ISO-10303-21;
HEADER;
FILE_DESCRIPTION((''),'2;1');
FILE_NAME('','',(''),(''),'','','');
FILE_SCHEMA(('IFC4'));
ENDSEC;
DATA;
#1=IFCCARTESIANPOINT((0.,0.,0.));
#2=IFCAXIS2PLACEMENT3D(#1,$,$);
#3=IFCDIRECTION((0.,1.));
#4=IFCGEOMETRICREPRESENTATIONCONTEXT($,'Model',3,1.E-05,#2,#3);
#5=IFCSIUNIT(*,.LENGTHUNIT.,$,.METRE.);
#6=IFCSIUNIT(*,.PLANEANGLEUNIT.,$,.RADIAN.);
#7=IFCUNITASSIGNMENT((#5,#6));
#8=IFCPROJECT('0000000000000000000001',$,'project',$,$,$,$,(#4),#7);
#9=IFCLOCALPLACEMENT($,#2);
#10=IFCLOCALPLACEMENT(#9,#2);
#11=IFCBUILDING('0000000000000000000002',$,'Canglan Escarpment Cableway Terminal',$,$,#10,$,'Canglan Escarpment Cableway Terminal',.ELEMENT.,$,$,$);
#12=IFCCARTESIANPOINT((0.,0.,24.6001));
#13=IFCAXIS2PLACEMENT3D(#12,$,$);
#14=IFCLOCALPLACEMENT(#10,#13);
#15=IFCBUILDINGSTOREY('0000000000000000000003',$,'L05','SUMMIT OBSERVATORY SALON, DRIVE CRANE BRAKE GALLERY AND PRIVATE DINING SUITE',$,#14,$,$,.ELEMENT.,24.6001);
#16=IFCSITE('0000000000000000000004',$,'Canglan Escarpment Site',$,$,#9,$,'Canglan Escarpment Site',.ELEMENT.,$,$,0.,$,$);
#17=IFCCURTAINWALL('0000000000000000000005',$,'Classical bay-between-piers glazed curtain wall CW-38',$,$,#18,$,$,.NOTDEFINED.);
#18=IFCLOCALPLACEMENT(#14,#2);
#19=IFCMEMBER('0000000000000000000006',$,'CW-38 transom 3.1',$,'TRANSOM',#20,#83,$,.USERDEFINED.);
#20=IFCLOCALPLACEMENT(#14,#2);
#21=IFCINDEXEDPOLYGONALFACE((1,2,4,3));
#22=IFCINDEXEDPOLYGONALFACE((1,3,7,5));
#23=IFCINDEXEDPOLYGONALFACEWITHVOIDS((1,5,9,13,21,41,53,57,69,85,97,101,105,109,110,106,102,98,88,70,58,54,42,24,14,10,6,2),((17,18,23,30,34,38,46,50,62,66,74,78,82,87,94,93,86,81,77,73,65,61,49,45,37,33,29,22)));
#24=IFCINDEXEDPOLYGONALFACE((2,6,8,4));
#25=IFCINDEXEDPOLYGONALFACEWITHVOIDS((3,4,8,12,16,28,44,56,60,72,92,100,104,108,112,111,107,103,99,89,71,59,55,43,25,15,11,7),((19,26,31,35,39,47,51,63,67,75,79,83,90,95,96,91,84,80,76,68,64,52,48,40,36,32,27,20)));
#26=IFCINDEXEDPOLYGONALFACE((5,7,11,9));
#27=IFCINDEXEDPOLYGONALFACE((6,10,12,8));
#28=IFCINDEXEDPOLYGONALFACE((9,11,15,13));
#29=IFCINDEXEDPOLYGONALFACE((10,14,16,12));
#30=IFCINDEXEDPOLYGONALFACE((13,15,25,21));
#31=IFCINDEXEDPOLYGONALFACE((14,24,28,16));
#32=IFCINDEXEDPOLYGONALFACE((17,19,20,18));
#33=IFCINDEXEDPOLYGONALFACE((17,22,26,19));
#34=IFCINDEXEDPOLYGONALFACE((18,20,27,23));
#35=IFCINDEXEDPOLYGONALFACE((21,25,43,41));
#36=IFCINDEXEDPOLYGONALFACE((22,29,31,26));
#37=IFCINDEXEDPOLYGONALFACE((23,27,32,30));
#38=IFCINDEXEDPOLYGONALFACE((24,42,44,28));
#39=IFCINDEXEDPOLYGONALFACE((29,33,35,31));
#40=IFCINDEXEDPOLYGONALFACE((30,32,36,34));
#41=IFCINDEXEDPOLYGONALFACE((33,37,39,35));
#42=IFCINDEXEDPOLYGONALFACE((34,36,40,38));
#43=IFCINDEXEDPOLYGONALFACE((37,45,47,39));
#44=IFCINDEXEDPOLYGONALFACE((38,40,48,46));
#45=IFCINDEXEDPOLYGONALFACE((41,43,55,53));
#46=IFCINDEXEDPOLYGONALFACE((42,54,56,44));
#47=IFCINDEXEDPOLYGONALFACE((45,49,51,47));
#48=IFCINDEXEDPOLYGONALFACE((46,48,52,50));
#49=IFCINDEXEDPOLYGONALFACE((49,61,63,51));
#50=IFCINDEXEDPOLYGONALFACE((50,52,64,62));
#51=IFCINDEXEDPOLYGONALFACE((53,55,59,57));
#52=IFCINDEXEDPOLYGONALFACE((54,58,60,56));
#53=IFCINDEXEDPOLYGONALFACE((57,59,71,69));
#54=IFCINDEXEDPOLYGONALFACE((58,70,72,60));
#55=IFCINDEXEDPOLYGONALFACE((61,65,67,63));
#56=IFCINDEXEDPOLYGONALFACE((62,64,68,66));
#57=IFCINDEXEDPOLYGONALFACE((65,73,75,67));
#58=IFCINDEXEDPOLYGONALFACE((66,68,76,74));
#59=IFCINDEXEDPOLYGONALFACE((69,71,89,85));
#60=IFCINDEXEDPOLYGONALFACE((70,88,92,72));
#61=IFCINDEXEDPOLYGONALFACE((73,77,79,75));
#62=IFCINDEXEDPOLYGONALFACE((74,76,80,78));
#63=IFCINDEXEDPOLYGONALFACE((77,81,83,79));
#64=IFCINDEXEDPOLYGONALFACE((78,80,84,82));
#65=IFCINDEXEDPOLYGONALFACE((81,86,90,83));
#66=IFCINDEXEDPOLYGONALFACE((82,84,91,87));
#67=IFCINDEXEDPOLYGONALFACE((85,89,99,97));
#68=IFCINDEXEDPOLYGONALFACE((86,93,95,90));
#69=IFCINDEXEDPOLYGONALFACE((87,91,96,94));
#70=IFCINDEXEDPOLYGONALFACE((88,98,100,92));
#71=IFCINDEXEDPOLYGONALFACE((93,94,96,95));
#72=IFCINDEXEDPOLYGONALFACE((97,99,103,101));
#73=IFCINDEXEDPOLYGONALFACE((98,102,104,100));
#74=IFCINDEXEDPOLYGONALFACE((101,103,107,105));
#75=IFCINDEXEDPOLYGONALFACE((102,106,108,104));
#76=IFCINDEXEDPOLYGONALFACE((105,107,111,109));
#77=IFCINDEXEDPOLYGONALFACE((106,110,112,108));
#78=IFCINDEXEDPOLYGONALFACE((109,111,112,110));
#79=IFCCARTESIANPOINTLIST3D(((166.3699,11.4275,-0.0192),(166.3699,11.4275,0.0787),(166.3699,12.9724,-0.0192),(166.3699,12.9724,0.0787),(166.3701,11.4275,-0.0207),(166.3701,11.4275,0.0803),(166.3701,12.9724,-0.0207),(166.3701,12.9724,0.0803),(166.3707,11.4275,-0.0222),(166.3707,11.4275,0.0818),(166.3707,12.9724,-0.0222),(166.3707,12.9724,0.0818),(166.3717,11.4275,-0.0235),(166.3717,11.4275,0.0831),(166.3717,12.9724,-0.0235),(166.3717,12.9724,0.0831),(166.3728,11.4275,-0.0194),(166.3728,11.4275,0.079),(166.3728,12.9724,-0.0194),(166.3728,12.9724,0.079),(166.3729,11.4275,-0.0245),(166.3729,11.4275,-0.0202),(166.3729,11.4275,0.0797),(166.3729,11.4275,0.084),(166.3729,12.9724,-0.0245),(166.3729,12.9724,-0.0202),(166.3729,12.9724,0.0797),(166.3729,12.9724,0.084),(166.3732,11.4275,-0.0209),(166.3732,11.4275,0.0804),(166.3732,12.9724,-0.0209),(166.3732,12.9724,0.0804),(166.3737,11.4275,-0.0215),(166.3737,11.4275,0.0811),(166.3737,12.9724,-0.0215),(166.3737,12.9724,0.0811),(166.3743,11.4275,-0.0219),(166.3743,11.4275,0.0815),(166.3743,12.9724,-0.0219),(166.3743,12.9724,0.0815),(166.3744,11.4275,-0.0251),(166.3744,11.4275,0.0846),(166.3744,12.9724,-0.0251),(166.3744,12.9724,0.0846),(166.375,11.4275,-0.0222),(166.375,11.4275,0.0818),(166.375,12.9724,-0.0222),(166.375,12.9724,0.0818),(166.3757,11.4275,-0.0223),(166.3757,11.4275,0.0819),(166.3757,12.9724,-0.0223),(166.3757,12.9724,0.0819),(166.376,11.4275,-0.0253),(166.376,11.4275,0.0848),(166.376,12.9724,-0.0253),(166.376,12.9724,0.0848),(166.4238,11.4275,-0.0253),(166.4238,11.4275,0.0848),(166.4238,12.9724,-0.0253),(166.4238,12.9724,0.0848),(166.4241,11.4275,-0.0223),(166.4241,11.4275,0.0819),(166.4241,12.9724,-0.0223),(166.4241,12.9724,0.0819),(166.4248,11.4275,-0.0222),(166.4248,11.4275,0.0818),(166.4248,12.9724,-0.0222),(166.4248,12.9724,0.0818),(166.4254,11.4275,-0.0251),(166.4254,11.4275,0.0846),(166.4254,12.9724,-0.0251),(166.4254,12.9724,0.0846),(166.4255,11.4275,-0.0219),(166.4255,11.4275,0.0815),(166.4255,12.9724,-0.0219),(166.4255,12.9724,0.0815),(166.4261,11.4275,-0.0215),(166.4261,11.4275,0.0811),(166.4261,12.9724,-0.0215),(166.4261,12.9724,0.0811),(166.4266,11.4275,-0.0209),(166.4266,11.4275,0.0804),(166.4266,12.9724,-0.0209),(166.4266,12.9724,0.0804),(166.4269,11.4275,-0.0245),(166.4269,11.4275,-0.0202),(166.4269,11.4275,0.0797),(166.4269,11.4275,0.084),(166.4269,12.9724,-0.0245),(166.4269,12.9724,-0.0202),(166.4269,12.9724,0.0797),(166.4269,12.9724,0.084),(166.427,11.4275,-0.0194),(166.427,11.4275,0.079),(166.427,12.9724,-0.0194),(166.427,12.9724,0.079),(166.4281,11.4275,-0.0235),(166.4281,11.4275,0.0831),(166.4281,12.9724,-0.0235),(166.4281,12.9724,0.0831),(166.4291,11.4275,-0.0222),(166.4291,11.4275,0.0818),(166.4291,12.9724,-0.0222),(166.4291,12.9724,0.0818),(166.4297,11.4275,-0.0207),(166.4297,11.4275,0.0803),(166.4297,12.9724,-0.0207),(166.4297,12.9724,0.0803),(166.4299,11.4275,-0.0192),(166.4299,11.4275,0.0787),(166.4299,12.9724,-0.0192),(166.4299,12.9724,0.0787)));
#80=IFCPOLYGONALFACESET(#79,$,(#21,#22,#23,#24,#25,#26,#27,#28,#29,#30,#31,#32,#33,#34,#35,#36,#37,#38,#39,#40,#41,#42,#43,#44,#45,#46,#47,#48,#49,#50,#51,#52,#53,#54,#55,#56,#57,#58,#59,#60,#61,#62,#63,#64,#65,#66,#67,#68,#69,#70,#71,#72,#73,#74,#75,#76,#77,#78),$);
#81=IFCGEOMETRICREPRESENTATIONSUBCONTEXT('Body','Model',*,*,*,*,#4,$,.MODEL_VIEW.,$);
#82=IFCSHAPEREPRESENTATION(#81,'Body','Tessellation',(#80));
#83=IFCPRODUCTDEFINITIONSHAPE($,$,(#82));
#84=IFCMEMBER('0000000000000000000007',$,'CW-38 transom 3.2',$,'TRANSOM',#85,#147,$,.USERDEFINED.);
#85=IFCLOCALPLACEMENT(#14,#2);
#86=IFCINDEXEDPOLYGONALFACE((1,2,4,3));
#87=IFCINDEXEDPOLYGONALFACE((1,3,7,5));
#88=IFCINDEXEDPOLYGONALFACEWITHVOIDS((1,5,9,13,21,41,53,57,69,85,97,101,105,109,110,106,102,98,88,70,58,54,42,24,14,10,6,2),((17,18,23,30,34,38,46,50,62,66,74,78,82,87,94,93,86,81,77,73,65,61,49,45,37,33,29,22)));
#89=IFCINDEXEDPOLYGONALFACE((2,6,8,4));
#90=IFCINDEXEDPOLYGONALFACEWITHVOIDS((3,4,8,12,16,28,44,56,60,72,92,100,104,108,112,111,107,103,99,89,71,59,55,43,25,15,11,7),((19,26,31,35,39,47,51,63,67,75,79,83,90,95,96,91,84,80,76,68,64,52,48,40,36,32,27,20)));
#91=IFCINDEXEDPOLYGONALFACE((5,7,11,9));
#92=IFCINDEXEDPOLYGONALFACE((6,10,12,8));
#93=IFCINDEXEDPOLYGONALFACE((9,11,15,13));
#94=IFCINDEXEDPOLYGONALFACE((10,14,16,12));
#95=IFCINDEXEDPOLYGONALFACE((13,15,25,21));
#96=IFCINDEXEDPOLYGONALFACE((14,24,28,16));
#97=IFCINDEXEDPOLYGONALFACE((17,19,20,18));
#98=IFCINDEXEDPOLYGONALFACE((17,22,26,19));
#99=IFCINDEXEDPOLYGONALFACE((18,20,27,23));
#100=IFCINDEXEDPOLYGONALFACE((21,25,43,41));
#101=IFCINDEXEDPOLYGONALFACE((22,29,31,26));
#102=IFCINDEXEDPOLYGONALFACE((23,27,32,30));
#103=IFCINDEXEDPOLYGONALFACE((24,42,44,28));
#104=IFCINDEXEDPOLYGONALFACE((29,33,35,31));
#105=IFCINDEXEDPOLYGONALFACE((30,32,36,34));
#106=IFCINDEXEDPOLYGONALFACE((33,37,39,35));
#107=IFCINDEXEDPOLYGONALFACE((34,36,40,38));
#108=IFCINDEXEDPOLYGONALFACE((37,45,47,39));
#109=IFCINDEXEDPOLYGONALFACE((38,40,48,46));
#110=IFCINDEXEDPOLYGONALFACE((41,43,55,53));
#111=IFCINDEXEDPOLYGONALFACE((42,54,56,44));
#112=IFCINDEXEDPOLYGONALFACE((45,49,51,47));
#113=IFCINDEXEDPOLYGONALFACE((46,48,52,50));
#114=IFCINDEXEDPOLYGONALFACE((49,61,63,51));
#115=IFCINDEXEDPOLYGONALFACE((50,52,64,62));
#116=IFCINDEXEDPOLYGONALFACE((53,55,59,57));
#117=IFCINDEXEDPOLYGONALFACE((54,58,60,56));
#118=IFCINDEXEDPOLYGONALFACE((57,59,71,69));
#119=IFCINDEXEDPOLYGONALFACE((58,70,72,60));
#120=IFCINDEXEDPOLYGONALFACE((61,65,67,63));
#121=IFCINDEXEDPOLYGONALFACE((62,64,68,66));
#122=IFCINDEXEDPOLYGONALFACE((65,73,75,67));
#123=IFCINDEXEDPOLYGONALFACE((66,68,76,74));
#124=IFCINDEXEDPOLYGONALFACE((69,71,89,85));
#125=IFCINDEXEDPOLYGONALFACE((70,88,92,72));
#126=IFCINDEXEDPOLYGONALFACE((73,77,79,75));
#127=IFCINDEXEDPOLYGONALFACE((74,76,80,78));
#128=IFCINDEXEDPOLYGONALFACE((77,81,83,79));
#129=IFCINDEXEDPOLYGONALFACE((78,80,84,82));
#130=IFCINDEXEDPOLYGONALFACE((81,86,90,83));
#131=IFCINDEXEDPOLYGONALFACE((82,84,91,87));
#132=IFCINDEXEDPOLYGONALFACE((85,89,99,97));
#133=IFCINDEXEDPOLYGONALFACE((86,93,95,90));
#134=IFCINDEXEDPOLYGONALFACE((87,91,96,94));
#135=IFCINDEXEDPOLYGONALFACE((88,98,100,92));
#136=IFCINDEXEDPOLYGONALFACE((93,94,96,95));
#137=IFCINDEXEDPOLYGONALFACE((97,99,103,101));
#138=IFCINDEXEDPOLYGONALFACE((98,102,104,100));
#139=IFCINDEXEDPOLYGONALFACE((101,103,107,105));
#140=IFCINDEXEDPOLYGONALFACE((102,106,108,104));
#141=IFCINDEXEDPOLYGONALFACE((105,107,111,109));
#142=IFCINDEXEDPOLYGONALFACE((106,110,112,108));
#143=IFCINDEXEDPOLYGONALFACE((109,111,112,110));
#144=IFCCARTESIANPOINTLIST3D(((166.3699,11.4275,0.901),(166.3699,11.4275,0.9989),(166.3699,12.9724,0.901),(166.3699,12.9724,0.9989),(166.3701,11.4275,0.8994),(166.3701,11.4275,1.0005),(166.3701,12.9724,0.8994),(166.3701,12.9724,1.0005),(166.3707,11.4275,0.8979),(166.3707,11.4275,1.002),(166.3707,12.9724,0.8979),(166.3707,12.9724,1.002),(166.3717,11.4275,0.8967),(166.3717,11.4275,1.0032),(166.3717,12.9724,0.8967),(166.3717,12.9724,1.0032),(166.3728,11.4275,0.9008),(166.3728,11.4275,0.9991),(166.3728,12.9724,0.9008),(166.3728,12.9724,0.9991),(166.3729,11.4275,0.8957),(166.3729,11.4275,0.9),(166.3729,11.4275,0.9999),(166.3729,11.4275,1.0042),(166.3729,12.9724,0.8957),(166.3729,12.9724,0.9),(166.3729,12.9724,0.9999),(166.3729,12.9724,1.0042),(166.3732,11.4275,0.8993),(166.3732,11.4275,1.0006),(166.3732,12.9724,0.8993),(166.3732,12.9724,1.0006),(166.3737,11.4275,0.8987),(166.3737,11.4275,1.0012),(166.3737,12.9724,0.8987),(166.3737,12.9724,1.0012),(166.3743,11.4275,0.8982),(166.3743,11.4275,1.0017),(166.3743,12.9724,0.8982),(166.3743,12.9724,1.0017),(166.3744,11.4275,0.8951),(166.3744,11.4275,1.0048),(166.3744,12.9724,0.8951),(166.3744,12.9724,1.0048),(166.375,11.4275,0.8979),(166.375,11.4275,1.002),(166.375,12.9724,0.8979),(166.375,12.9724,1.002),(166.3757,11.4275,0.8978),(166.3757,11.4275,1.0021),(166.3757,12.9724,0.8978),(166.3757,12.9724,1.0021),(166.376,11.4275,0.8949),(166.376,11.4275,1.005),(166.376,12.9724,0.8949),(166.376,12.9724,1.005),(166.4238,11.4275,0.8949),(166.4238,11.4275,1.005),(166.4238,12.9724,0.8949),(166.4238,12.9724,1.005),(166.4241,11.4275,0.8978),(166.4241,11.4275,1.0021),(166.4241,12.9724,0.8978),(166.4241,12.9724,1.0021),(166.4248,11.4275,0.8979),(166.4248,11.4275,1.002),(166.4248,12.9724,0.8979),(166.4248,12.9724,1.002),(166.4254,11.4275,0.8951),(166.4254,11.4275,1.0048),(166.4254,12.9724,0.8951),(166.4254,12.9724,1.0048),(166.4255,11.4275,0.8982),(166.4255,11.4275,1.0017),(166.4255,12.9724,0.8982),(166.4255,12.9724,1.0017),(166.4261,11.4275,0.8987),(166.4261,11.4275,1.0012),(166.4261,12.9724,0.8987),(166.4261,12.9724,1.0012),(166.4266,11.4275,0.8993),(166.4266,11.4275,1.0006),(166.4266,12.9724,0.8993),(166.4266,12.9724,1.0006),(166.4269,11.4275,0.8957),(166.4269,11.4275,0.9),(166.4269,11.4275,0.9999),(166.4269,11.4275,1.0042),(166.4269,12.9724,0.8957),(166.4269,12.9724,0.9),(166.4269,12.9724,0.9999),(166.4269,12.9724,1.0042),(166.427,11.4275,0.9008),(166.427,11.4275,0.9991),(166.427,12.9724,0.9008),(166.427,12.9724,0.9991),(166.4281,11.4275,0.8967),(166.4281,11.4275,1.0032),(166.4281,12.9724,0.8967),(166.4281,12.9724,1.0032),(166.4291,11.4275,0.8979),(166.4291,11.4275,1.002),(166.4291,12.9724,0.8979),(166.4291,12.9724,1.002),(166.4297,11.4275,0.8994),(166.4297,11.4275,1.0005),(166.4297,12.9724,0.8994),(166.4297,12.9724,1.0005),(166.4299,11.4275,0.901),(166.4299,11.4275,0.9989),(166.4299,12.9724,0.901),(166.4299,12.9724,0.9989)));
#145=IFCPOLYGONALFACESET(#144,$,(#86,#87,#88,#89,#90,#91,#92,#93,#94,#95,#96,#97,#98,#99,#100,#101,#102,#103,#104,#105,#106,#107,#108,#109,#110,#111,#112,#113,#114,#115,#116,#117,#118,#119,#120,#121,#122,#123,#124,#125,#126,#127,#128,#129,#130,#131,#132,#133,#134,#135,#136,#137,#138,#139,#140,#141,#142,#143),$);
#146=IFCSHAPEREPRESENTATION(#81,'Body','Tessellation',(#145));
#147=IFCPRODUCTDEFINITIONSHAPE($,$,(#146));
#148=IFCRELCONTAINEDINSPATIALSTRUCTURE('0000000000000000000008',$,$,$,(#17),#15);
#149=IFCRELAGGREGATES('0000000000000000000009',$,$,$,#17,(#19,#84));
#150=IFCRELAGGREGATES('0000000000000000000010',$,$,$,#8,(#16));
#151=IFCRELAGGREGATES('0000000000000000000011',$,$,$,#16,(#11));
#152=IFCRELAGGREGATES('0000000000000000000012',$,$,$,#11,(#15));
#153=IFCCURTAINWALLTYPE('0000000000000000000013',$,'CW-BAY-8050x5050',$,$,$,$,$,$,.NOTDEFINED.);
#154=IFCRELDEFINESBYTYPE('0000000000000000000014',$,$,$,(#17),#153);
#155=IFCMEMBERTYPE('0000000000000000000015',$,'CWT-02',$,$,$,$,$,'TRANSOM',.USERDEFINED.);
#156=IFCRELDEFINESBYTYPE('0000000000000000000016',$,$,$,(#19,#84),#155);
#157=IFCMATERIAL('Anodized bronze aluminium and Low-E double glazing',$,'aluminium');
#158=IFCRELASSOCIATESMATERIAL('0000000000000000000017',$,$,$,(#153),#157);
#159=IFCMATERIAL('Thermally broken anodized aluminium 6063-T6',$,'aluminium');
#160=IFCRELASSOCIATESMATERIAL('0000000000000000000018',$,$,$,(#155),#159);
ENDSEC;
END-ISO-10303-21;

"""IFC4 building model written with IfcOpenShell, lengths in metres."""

from ifc_helpers import new_model, si_unit, direction, frame, origin, origin_2d, place, context, subcontext, project, spatial, hollow_rectangle, extrude, material, material_profile, profile_set, type_object, element, aggregate, save


model = new_model("IFC4")

# Units and contexts
model_context = context("Model", 3, precision=1e-05, world=origin(), true_north=direction((0.0, 1.0)))
body_context = subcontext(model_context, "Body", "Model", "MODEL_VIEW")
ifc_project = project(units=[si_unit("LENGTHUNIT", "METRE"), si_unit("PLANEANGLEUNIT", "RADIAN")], contexts=[model_context])

# Site, building, storey
site_placement = place(None, origin())
site = spatial("IfcSite", under=ifc_project, at=site_placement, Name="Canglan Escarpment Site", LongName="Canglan Escarpment Site", CompositionType="ELEMENT", RefElevation=0.0)
building_placement = place(site_placement, origin())
building = spatial("IfcBuilding", under=site, at=building_placement, Name="Canglan Escarpment Cableway Terminal", LongName="Canglan Escarpment Cableway Terminal", CompositionType="ELEMENT")
storey_placement = place(building_placement, frame((0.0, 0.0, 24.6001)))
storey = spatial("IfcBuildingStorey", under=building, at=storey_placement, Name="L05", Description="SUMMIT OBSERVATORY SALON, DRIVE CRANE BRAKE GALLERY AND PRIVATE DINING SUITE", CompositionType="ELEMENT", Elevation=24.6001)

# Curtain wall
ifc_material_1 = material(Name="Anodized bronze aluminium and Low-E double glazing", Category="aluminium")
curtain_wall_type_1 = type_object("IfcCurtainWallType", Name="CW-BAY-8050x5050", PredefinedType="NOTDEFINED", material=ifc_material_1)
curtain_wall_1_placement = place(storey_placement, origin())
curtain_wall_1 = element("IfcCurtainWall", 1, at=curtain_wall_1_placement, inside=storey, type_object=curtain_wall_type_1, Name="Classical bay-between-piers glazed curtain wall CW-38", PredefinedType="NOTDEFINED")
ifc_material_2 = material(Name="Thermally broken anodized aluminium 6063-T6", Category="aluminium")

# Members
ifc_material_profile_1 = material_profile(ifc_material_2, hollow_rectangle(XDim=0.0601, YDim=0.1101, WallThickness=0.0029, InnerFilletRadius=0.0029, OuterFilletRadius=0.0061, at=origin_2d()), Name="ALU-TRAN 60x110x3")
ifc_profile_set_1 = profile_set([ifc_material_profile_1], Name="Thermally broken anodized aluminium 6063-T6")
member_type_1 = type_object("IfcMemberType", Name="CWT-02", ElementType="TRANSOM", PredefinedType="USERDEFINED", material=ifc_profile_set_1)
member_1_placement = place(storey_placement, frame((166.3999, 11.4275, 0.0298), z_axis=(0.0, 1.0, 0.0), x_axis=(-1.0, 0.0, 0.0)))
member_1 = element("IfcMember", 2, at=member_1_placement, type_object=member_type_1, Name="CW-38 transom 3.1", ObjectType="TRANSOM", PredefinedType="USERDEFINED", context=body_context, shape_type="SweptSolid", body=[
    extrude(hollow_rectangle(XDim=0.0601, YDim=0.1101, WallThickness=0.0029, InnerFilletRadius=0.0029, OuterFilletRadius=0.0061, at=origin_2d()), origin(), (0.0, 0.0, 1.0), 1.5449),
])
member_2_placement = place(storey_placement, frame((166.3999, 11.4275, 0.95), z_axis=(0.0, 1.0, 0.0), x_axis=(-1.0, 0.0, 0.0)))
member_2 = element("IfcMember", 3, at=member_2_placement, type_object=member_type_1, Name="CW-38 transom 3.2", ObjectType="TRANSOM", PredefinedType="USERDEFINED", context=body_context, shape_type="SweptSolid", body=[
    extrude(hollow_rectangle(XDim=0.0601, YDim=0.1101, WallThickness=0.0029, InnerFilletRadius=0.0029, OuterFilletRadius=0.0061, at=origin_2d()), origin(), (0.0, 0.0, 1.0), 1.5449),
])

aggregate(curtain_wall_1, [member_1, member_2])

save(model, "model.ifc")
